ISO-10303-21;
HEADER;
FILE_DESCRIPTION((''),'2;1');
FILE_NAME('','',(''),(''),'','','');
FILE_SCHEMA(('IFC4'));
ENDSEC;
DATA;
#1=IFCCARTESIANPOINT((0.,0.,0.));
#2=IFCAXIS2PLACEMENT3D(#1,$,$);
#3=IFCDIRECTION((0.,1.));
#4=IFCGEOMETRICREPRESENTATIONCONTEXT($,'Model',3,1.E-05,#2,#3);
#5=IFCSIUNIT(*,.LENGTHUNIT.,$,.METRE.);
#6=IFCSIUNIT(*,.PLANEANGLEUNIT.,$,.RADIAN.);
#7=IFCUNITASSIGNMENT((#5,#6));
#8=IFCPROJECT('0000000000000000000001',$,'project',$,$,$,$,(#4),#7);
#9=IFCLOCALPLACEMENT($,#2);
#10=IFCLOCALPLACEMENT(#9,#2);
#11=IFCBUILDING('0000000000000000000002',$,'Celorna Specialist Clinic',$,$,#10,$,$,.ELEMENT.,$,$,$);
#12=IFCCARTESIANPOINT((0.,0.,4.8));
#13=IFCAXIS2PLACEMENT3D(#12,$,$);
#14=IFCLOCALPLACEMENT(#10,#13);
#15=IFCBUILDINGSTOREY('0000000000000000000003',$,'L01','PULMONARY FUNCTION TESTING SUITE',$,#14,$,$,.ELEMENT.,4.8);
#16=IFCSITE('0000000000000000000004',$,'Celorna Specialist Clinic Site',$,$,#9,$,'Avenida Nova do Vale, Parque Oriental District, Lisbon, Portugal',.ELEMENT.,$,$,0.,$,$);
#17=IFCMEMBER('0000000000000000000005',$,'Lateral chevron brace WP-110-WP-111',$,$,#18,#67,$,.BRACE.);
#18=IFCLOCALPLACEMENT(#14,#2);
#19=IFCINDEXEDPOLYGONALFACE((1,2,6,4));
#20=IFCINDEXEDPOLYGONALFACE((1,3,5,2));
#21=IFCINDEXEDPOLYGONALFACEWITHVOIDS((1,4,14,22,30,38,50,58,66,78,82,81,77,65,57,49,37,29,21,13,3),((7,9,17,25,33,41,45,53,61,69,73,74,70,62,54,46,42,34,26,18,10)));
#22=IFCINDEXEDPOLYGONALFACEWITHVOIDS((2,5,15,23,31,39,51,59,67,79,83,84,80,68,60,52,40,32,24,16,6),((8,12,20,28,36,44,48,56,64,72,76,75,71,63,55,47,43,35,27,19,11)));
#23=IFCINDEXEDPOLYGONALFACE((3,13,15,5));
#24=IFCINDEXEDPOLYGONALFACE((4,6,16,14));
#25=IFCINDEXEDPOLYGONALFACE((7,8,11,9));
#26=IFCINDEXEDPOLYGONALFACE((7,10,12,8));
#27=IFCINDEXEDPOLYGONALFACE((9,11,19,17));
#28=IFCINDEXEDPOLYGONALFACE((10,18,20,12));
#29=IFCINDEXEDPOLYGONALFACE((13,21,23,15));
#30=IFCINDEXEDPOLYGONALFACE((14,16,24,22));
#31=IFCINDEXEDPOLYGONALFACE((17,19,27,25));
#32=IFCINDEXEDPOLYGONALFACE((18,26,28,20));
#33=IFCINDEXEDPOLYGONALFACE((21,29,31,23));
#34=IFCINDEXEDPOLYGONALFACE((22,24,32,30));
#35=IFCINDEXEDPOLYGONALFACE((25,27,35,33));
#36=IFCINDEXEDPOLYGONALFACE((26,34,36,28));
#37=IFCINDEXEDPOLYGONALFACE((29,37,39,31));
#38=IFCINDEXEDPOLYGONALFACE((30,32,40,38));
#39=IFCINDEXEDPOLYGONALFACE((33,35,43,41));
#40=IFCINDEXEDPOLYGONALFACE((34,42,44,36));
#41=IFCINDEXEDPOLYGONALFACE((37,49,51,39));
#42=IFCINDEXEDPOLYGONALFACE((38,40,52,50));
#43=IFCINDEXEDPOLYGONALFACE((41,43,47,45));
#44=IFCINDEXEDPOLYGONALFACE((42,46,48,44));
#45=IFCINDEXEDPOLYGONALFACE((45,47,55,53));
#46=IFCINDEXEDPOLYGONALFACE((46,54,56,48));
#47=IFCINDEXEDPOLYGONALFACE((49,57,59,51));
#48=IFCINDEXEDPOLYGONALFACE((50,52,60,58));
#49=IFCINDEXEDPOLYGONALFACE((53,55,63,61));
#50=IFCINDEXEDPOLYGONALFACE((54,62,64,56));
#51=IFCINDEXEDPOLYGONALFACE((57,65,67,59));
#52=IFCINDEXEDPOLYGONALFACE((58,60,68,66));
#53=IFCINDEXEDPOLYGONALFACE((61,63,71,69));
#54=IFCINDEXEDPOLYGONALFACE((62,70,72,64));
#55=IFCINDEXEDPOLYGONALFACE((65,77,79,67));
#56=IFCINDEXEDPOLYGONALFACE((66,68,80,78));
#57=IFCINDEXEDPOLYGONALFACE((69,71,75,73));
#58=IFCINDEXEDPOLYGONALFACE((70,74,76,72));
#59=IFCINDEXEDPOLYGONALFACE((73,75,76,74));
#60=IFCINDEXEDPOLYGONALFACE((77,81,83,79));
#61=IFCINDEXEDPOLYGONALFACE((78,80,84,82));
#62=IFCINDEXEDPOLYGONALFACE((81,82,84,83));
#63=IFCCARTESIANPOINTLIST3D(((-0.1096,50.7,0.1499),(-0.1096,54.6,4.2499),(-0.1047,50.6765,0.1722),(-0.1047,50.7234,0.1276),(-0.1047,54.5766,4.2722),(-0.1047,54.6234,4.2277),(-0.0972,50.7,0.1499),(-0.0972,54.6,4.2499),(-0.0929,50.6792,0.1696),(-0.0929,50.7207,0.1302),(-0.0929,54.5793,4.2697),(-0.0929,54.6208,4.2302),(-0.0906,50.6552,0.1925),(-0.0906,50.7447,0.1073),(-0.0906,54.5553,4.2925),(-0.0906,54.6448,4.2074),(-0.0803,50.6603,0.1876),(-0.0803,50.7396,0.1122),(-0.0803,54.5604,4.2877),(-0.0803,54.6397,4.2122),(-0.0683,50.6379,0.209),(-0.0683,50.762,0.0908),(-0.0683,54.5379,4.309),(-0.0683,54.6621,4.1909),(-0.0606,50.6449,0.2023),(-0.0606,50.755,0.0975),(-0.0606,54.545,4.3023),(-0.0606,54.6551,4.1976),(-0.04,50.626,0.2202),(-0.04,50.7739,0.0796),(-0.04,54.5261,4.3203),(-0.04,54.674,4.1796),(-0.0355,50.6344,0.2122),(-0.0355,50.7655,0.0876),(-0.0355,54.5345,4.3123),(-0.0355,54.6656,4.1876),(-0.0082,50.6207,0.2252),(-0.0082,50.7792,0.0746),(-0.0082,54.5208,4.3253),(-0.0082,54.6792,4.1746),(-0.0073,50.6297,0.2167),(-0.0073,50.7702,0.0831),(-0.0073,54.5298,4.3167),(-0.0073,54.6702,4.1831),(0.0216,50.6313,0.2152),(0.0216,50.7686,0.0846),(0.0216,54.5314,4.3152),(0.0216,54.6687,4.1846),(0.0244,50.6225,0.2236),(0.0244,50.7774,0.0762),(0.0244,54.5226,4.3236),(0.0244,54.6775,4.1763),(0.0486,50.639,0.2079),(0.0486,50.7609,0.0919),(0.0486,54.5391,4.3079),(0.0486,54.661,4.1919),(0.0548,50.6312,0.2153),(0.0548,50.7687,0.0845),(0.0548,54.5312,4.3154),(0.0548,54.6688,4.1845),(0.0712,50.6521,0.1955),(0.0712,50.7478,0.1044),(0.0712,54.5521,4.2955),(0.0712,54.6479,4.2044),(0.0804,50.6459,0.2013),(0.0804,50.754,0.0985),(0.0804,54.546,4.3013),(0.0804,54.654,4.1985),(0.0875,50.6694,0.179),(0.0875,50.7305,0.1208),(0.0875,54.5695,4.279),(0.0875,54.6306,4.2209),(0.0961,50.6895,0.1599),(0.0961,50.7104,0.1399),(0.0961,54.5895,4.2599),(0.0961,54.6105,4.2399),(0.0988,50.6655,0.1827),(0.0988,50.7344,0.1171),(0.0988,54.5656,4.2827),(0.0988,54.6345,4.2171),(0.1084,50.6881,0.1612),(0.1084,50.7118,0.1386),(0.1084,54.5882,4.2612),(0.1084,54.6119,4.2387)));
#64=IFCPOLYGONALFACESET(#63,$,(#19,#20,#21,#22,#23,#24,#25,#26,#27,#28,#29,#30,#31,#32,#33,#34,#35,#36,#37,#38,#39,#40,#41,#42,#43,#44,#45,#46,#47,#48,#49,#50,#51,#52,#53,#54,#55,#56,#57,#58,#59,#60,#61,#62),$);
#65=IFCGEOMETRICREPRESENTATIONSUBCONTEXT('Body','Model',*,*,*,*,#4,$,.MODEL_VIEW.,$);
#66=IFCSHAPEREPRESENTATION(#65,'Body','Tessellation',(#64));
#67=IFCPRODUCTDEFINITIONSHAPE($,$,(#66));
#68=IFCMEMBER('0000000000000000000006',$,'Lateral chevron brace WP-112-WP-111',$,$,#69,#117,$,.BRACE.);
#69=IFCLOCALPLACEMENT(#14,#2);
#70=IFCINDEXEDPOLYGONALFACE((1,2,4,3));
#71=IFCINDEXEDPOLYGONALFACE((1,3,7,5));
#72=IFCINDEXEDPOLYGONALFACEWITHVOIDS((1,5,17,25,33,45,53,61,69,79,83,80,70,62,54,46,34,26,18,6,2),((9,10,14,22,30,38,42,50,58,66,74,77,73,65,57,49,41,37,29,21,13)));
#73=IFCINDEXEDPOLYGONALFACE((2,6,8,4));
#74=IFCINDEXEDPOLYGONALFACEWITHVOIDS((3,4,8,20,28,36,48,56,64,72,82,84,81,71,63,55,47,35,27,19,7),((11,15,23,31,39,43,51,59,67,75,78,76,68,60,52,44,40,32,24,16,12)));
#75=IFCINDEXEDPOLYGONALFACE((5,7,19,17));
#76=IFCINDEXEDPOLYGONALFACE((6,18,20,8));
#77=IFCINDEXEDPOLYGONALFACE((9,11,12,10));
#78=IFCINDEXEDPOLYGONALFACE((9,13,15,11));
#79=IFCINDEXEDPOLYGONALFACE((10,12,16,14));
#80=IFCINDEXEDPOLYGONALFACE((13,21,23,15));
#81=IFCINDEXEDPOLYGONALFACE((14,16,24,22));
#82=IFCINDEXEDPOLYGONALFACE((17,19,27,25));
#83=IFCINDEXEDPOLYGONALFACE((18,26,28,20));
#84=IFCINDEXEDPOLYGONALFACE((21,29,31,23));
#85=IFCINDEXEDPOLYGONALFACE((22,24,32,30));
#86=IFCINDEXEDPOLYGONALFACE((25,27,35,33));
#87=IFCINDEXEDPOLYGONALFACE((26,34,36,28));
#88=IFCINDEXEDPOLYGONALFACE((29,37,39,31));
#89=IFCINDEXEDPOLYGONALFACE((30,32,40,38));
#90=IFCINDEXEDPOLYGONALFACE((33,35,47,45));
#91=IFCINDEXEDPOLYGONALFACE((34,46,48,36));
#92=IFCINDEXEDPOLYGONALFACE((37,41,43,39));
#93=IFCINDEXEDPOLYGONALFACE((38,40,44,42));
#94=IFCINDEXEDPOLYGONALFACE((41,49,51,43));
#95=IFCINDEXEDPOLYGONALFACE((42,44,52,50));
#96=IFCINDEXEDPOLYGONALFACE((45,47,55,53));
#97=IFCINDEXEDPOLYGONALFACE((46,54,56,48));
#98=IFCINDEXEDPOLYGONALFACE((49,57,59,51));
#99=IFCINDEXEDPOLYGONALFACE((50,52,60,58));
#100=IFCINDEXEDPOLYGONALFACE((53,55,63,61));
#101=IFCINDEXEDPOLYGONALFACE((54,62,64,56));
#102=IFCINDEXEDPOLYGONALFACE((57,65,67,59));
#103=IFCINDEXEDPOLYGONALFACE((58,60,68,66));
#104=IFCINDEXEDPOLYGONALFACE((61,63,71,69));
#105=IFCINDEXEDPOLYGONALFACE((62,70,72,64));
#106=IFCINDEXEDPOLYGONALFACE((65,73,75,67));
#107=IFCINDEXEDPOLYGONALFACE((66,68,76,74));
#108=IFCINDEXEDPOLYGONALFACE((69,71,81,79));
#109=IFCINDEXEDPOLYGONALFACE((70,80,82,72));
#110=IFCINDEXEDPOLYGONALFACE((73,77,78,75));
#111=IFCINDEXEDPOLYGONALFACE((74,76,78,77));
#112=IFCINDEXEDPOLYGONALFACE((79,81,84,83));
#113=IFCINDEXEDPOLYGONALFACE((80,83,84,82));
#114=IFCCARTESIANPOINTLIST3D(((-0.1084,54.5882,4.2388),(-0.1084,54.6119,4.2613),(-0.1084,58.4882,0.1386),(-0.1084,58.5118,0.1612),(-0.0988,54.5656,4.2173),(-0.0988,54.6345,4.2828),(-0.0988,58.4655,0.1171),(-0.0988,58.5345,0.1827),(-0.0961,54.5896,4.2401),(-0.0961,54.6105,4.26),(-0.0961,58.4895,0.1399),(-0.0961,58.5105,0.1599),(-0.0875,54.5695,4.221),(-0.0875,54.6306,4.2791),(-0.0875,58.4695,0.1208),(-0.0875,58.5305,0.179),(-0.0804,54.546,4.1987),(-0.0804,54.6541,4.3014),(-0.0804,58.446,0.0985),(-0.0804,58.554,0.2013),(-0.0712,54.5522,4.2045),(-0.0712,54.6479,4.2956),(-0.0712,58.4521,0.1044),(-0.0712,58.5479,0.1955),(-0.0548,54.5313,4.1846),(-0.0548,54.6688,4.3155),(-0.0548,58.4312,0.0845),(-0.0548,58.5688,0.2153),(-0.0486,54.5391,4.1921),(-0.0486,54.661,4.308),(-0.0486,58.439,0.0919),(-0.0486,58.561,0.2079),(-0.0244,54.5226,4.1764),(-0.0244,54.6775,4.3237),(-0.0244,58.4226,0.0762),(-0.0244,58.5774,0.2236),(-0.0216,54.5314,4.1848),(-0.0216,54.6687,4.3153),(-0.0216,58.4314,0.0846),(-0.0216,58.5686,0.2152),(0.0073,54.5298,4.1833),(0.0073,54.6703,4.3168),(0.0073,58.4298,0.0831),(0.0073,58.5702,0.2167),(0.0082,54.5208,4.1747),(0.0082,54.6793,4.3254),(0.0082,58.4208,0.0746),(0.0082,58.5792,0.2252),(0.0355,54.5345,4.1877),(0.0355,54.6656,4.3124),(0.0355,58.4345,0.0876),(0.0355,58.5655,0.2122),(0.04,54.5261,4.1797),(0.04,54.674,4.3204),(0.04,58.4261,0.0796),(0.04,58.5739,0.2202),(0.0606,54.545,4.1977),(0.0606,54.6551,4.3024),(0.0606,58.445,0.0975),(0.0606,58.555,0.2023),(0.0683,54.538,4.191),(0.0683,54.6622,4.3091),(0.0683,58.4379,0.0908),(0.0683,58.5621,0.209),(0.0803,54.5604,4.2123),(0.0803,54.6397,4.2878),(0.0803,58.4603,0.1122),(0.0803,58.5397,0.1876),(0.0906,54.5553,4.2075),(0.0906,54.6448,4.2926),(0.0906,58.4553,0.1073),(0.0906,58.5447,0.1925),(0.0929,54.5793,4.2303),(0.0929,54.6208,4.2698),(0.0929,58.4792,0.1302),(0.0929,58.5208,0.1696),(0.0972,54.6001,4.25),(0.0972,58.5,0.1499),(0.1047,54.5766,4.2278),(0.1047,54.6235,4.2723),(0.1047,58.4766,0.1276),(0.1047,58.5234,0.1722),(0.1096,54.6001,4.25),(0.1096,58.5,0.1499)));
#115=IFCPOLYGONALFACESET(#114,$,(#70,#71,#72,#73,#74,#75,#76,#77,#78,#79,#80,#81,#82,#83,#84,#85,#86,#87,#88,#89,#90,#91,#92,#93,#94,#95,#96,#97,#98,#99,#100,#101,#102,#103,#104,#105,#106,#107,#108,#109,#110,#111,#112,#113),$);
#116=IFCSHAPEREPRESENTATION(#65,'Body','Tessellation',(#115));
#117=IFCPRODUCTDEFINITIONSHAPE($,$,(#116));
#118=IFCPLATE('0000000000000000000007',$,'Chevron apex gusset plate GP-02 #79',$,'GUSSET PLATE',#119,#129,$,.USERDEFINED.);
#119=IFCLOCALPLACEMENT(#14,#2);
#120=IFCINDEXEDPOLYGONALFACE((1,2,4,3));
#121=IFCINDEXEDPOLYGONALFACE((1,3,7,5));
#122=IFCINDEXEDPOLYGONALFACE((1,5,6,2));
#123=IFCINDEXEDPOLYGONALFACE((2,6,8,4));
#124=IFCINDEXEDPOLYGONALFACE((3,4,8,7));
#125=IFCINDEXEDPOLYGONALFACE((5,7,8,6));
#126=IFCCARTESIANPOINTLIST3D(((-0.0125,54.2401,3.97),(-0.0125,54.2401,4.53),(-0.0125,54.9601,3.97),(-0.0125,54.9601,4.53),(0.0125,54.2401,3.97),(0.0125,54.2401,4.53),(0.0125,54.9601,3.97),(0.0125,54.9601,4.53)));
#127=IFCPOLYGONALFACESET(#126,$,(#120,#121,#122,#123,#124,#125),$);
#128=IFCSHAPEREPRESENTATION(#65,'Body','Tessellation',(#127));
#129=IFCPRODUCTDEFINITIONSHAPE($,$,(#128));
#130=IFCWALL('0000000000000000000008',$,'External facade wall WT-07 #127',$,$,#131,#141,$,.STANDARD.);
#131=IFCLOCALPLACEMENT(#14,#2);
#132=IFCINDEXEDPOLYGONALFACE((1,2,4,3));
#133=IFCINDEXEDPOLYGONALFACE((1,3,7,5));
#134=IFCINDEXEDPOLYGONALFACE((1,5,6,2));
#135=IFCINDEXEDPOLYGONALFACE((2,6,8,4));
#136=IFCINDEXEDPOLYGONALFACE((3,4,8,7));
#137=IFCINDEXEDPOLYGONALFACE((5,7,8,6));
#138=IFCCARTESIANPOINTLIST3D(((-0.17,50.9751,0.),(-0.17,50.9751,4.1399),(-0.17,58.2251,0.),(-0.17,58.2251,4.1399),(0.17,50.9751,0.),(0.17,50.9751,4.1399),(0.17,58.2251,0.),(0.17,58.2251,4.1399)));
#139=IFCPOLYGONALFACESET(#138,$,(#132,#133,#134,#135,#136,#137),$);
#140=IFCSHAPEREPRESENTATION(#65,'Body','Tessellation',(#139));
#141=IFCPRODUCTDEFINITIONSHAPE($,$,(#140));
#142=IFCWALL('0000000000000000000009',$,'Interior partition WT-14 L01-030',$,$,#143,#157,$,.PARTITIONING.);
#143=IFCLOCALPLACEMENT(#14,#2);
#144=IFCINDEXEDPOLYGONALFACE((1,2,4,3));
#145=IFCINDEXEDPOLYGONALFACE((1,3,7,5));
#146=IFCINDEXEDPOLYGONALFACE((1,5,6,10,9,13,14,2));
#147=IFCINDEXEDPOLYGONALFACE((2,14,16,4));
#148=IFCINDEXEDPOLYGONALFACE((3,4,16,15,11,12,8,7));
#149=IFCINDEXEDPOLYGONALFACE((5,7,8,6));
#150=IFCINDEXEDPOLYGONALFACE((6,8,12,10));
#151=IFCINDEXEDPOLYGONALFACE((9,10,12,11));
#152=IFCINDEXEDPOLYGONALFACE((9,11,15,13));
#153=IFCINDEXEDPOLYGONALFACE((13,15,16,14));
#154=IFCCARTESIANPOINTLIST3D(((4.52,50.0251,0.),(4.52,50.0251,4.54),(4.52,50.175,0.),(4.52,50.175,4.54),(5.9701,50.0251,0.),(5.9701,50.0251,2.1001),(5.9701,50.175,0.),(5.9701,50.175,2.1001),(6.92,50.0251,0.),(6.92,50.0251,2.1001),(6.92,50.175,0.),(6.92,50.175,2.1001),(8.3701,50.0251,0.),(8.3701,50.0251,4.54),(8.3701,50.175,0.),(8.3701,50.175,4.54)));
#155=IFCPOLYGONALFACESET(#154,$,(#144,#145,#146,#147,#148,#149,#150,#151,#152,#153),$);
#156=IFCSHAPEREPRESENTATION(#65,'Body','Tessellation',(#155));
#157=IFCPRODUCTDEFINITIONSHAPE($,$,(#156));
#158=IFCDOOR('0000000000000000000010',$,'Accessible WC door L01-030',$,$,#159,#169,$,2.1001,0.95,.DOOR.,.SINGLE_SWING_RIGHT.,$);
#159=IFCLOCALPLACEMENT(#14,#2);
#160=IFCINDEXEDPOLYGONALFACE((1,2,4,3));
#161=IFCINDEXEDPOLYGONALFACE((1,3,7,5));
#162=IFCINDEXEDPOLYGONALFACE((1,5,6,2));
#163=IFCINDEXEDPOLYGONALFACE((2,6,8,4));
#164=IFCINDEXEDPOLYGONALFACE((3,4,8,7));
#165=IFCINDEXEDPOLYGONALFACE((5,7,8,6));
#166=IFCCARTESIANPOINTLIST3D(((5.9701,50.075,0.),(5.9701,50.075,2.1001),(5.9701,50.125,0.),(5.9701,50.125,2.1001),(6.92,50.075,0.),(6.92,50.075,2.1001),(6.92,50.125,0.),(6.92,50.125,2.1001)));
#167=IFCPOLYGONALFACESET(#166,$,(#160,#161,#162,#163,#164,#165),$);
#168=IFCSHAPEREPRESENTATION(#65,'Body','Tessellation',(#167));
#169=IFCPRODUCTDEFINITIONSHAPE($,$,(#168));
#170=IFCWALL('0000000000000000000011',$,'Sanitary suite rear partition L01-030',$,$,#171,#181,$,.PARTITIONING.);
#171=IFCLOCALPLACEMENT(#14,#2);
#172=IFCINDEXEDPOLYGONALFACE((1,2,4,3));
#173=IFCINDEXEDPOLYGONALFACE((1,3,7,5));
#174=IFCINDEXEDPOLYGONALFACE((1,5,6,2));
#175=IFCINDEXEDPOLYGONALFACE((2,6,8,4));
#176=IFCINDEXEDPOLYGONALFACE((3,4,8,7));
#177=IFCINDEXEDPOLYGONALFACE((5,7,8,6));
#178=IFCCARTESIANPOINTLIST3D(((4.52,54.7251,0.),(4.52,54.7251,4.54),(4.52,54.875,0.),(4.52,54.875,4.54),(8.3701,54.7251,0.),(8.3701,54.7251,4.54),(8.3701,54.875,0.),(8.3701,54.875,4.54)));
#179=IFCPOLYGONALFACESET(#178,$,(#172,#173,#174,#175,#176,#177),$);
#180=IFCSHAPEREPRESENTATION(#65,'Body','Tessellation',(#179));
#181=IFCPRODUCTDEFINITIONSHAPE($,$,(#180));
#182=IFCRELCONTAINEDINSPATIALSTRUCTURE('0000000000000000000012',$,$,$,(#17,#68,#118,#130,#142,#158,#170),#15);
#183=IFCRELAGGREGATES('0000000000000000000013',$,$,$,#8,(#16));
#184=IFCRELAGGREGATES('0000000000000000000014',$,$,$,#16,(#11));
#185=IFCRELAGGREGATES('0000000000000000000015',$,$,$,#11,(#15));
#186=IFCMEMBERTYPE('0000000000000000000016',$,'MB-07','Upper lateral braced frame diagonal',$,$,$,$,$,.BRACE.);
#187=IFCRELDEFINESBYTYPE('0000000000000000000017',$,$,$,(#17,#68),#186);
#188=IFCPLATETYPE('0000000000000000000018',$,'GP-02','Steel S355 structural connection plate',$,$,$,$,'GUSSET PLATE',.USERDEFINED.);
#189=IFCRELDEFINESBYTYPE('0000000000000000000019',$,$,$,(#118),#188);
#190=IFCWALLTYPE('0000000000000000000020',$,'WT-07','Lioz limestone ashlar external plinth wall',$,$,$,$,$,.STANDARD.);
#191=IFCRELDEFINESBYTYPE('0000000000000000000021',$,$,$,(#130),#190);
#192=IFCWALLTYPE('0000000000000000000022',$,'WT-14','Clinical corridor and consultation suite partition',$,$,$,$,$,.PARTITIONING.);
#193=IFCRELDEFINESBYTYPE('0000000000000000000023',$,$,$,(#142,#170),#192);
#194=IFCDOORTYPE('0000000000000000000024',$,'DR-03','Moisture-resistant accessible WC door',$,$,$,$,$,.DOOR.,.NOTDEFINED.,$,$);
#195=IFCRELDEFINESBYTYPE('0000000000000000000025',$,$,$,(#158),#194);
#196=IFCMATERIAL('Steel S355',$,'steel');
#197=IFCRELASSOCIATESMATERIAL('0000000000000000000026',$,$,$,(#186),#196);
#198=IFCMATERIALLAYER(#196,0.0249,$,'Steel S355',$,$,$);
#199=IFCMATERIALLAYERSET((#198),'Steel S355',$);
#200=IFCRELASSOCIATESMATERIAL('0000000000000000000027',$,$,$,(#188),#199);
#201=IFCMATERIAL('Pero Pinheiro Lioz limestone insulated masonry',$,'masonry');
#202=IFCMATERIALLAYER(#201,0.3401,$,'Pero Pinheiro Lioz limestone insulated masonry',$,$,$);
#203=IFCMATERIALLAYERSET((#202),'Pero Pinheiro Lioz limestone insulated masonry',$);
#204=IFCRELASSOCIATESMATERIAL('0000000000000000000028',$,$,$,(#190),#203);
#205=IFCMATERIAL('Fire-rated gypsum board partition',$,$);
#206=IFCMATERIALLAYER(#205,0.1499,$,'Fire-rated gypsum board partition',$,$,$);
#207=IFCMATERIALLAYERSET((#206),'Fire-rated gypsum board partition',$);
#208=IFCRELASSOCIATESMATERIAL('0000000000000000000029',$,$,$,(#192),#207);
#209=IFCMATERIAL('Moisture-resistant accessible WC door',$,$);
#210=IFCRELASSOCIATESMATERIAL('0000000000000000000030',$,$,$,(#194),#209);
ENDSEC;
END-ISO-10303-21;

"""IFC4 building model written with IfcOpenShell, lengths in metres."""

from ifc_helpers import new_model, si_unit, direction, frame, frame_2d, origin, origin_2d, place, context, subcontext, project, spatial, rectangle, hollow_circle, extrude, material, layer, layer_set, material_profile, profile_set, type_object, element, fill, save


model = new_model("IFC4")

# Units and contexts
model_context = context("Model", 3, precision=1e-05, world=origin(), true_north=direction((0.0, 1.0)))
body_context = subcontext(model_context, "Body", "Model", "MODEL_VIEW")
ifc_project = project(units=[si_unit("LENGTHUNIT", "METRE"), si_unit("PLANEANGLEUNIT", "RADIAN")], contexts=[model_context])

# Site, building, storey
site_placement = place(None, origin())
site = spatial("IfcSite", under=ifc_project, at=site_placement, Name="Celorna Specialist Clinic Site", LongName="Avenida Nova do Vale, Parque Oriental District, Lisbon, Portugal", CompositionType="ELEMENT", RefElevation=0.0)
building_placement = place(site_placement, origin())
building = spatial("IfcBuilding", under=site, at=building_placement, Name="Celorna Specialist Clinic", CompositionType="ELEMENT")
storey_placement = place(building_placement, frame((0.0, 0.0, 4.8)))
storey = spatial("IfcBuildingStorey", under=building, at=storey_placement, Name="L01", Description="PULMONARY FUNCTION TESTING SUITE", CompositionType="ELEMENT", Elevation=4.8)

# Shared definitions
ifc_material_1 = material(Name="Steel S355", Category="steel")

# Members
ifc_material_profile_1 = material_profile(ifc_material_1, hollow_circle(Radius=0.1096, WallThickness=0.0125, at=origin_2d()), Name="CHS 219.1x12.5")
ifc_profile_set_1 = profile_set([ifc_material_profile_1], Name="Steel S355")
member_type = type_object("IfcMemberType", Name="MB-07", Description="Upper lateral braced frame diagonal", PredefinedType="BRACE", material=ifc_profile_set_1)
for number, where, z_axis, x_axis, name in (
    (1, (0.0, 50.7, 0.1499), (0.0, 0.689219, 0.724553), (-1.0, 0.0, 0.0), "Lateral chevron brace WP-110-WP-111"),
    (2, (0.0, 58.5, 0.1499), (0.0, -0.689196, 0.724575), (1.0, 0.0, 0.0), "Lateral chevron brace WP-112-WP-111"),
):
    element("IfcMember", number, at=place(storey_placement, frame(where, z_axis=z_axis, x_axis=x_axis)), inside=storey, type_object=member_type, Name=name, PredefinedType="BRACE", context=body_context, shape_type="SweptSolid", body=[
        extrude(hollow_circle(Radius=0.1096, WallThickness=0.0125, at=origin_2d()), origin(), (0.0, 0.0, 1.0), 5.6587),
    ])

# Plate
ifc_layer_1 = layer(ifc_material_1, 0.0249, Name="Steel S355")
ifc_layer_set_1 = layer_set([ifc_layer_1], Name="Steel S355")
plate_type = type_object("IfcPlateType", Name="GP-02", Description="Steel S355 structural connection plate", ElementType="GUSSET PLATE", PredefinedType="USERDEFINED", material=ifc_layer_set_1)
plate_placement = place(storey_placement, frame((0.0, 54.6001, 3.97), z_axis=(0.0, 0.0, 1.0), x_axis=(0.0, 1.0, 0.0)))
element("IfcPlate", 3, at=plate_placement, inside=storey, type_object=plate_type, Name="Chevron apex gusset plate GP-02 #79", ObjectType="GUSSET PLATE", PredefinedType="USERDEFINED", context=body_context, shape_type="SweptSolid", body=[
    extrude(rectangle(XDim=0.72, YDim=0.0249, at=origin_2d()), origin(), (0.0, 0.0, 1.0), 0.5601),
])

# Wall
ifc_material_2 = material(Name="Pero Pinheiro Lioz limestone insulated masonry", Category="masonry")
ifc_layer_2 = layer(ifc_material_2, 0.3401, Name="Pero Pinheiro Lioz limestone insulated masonry")
ifc_layer_set_2 = layer_set([ifc_layer_2], Name="Pero Pinheiro Lioz limestone insulated masonry")
wall_type_1 = type_object("IfcWallType", Name="WT-07", Description="Lioz limestone ashlar external plinth wall", PredefinedType="STANDARD", material=ifc_layer_set_2)
wall_1_placement = place(storey_placement, frame((0.0, 50.9751, 0.0), z_axis=(0.0, 0.0, 1.0), x_axis=(0.0, 1.0, 0.0)))
element("IfcWall", 4, at=wall_1_placement, inside=storey, type_object=wall_type_1, Name="External facade wall WT-07 #127", PredefinedType="STANDARD", context=body_context, shape_type="SweptSolid", body=[
    extrude(rectangle(XDim=7.25, YDim=0.3401, at=frame_2d((3.625, 0.0))), origin(), (0.0, 0.0, 1.0), 4.1399),
])

# Wall, opening, door
ifc_material_3 = material(Name="Fire-rated gypsum board partition")
ifc_layer_3 = layer(ifc_material_3, 0.1499, Name="Fire-rated gypsum board partition")
ifc_layer_set_3 = layer_set([ifc_layer_3], Name="Fire-rated gypsum board partition")
wall_type_2 = type_object("IfcWallType", Name="WT-14", Description="Clinical corridor and consultation suite partition", PredefinedType="PARTITIONING", material=ifc_layer_set_3)
wall_2_placement = place(storey_placement, frame((4.52, 50.1001, 0.0), z_axis=(0.0, 0.0, 1.0), x_axis=(1.0, 0.0, 0.0)))
wall_2 = element("IfcWall", 5, at=wall_2_placement, inside=storey, type_object=wall_type_2, Name="Interior partition WT-14 L01-030", PredefinedType="PARTITIONING", context=body_context, shape_type="SweptSolid", body=[
    extrude(rectangle(XDim=3.8501, YDim=0.1499, at=frame_2d((1.925, 0.0))), origin(), (0.0, 0.0, 1.0), 4.54),
])
opening_1_placement = place(wall_2_placement, frame((1.45, 0.0, 0.0)))
opening_1 = element("IfcOpeningElement", 6, at=opening_1_placement, cuts=wall_2, PredefinedType="OPENING", context=body_context, shape_type="SweptSolid", body=[
    extrude(rectangle(XDim=0.95, YDim=2.1001, at=frame_2d((0.4751, 1.05))), frame((0.0, 0.085, 0.0), z_axis=(0.0, -1.0, 0.0), x_axis=(1.0, 0.0, 0.0)), (0.0, 0.0, 1.0), 0.1699),
])
ifc_material_4 = material(Name="Moisture-resistant accessible WC door")
door_type_1 = type_object("IfcDoorType", Name="DR-03", Description="Moisture-resistant accessible WC door", OperationType="NOTDEFINED", PredefinedType="DOOR", material=ifc_material_4)
door_1_placement = place(opening_1_placement, origin())
door_1 = element("IfcDoor", 7, at=door_1_placement, inside=storey, type_object=door_type_1, Name="Accessible WC door L01-030", OperationType="SINGLE_SWING_RIGHT", OverallHeight=2.1001, OverallWidth=0.95, PredefinedType="DOOR", context=body_context, shape_type="SweptSolid", body=[
    extrude(rectangle(XDim=0.95, YDim=2.1001, at=frame_2d((0.4751, 1.05))), frame((0.0, 0.0249, 0.0), z_axis=(0.0, -1.0, 0.0), x_axis=(1.0, 0.0, 0.0)), (0.0, 0.0, 1.0), 0.05),
])
fill(opening_1, door_1)

# Wall
wall_3_placement = place(storey_placement, frame((4.52, 54.8, 0.0), z_axis=(0.0, 0.0, 1.0), x_axis=(1.0, 0.0, 0.0)))
element("IfcWall", 8, at=wall_3_placement, inside=storey, type_object=wall_type_2, Name="Sanitary suite rear partition L01-030", PredefinedType="PARTITIONING", context=body_context, shape_type="SweptSolid", body=[
    extrude(rectangle(XDim=3.8501, YDim=0.1499, at=frame_2d((1.925, 0.0))), origin(), (0.0, 0.0, 1.0), 4.54),
])

save(model, "model.ifc")
